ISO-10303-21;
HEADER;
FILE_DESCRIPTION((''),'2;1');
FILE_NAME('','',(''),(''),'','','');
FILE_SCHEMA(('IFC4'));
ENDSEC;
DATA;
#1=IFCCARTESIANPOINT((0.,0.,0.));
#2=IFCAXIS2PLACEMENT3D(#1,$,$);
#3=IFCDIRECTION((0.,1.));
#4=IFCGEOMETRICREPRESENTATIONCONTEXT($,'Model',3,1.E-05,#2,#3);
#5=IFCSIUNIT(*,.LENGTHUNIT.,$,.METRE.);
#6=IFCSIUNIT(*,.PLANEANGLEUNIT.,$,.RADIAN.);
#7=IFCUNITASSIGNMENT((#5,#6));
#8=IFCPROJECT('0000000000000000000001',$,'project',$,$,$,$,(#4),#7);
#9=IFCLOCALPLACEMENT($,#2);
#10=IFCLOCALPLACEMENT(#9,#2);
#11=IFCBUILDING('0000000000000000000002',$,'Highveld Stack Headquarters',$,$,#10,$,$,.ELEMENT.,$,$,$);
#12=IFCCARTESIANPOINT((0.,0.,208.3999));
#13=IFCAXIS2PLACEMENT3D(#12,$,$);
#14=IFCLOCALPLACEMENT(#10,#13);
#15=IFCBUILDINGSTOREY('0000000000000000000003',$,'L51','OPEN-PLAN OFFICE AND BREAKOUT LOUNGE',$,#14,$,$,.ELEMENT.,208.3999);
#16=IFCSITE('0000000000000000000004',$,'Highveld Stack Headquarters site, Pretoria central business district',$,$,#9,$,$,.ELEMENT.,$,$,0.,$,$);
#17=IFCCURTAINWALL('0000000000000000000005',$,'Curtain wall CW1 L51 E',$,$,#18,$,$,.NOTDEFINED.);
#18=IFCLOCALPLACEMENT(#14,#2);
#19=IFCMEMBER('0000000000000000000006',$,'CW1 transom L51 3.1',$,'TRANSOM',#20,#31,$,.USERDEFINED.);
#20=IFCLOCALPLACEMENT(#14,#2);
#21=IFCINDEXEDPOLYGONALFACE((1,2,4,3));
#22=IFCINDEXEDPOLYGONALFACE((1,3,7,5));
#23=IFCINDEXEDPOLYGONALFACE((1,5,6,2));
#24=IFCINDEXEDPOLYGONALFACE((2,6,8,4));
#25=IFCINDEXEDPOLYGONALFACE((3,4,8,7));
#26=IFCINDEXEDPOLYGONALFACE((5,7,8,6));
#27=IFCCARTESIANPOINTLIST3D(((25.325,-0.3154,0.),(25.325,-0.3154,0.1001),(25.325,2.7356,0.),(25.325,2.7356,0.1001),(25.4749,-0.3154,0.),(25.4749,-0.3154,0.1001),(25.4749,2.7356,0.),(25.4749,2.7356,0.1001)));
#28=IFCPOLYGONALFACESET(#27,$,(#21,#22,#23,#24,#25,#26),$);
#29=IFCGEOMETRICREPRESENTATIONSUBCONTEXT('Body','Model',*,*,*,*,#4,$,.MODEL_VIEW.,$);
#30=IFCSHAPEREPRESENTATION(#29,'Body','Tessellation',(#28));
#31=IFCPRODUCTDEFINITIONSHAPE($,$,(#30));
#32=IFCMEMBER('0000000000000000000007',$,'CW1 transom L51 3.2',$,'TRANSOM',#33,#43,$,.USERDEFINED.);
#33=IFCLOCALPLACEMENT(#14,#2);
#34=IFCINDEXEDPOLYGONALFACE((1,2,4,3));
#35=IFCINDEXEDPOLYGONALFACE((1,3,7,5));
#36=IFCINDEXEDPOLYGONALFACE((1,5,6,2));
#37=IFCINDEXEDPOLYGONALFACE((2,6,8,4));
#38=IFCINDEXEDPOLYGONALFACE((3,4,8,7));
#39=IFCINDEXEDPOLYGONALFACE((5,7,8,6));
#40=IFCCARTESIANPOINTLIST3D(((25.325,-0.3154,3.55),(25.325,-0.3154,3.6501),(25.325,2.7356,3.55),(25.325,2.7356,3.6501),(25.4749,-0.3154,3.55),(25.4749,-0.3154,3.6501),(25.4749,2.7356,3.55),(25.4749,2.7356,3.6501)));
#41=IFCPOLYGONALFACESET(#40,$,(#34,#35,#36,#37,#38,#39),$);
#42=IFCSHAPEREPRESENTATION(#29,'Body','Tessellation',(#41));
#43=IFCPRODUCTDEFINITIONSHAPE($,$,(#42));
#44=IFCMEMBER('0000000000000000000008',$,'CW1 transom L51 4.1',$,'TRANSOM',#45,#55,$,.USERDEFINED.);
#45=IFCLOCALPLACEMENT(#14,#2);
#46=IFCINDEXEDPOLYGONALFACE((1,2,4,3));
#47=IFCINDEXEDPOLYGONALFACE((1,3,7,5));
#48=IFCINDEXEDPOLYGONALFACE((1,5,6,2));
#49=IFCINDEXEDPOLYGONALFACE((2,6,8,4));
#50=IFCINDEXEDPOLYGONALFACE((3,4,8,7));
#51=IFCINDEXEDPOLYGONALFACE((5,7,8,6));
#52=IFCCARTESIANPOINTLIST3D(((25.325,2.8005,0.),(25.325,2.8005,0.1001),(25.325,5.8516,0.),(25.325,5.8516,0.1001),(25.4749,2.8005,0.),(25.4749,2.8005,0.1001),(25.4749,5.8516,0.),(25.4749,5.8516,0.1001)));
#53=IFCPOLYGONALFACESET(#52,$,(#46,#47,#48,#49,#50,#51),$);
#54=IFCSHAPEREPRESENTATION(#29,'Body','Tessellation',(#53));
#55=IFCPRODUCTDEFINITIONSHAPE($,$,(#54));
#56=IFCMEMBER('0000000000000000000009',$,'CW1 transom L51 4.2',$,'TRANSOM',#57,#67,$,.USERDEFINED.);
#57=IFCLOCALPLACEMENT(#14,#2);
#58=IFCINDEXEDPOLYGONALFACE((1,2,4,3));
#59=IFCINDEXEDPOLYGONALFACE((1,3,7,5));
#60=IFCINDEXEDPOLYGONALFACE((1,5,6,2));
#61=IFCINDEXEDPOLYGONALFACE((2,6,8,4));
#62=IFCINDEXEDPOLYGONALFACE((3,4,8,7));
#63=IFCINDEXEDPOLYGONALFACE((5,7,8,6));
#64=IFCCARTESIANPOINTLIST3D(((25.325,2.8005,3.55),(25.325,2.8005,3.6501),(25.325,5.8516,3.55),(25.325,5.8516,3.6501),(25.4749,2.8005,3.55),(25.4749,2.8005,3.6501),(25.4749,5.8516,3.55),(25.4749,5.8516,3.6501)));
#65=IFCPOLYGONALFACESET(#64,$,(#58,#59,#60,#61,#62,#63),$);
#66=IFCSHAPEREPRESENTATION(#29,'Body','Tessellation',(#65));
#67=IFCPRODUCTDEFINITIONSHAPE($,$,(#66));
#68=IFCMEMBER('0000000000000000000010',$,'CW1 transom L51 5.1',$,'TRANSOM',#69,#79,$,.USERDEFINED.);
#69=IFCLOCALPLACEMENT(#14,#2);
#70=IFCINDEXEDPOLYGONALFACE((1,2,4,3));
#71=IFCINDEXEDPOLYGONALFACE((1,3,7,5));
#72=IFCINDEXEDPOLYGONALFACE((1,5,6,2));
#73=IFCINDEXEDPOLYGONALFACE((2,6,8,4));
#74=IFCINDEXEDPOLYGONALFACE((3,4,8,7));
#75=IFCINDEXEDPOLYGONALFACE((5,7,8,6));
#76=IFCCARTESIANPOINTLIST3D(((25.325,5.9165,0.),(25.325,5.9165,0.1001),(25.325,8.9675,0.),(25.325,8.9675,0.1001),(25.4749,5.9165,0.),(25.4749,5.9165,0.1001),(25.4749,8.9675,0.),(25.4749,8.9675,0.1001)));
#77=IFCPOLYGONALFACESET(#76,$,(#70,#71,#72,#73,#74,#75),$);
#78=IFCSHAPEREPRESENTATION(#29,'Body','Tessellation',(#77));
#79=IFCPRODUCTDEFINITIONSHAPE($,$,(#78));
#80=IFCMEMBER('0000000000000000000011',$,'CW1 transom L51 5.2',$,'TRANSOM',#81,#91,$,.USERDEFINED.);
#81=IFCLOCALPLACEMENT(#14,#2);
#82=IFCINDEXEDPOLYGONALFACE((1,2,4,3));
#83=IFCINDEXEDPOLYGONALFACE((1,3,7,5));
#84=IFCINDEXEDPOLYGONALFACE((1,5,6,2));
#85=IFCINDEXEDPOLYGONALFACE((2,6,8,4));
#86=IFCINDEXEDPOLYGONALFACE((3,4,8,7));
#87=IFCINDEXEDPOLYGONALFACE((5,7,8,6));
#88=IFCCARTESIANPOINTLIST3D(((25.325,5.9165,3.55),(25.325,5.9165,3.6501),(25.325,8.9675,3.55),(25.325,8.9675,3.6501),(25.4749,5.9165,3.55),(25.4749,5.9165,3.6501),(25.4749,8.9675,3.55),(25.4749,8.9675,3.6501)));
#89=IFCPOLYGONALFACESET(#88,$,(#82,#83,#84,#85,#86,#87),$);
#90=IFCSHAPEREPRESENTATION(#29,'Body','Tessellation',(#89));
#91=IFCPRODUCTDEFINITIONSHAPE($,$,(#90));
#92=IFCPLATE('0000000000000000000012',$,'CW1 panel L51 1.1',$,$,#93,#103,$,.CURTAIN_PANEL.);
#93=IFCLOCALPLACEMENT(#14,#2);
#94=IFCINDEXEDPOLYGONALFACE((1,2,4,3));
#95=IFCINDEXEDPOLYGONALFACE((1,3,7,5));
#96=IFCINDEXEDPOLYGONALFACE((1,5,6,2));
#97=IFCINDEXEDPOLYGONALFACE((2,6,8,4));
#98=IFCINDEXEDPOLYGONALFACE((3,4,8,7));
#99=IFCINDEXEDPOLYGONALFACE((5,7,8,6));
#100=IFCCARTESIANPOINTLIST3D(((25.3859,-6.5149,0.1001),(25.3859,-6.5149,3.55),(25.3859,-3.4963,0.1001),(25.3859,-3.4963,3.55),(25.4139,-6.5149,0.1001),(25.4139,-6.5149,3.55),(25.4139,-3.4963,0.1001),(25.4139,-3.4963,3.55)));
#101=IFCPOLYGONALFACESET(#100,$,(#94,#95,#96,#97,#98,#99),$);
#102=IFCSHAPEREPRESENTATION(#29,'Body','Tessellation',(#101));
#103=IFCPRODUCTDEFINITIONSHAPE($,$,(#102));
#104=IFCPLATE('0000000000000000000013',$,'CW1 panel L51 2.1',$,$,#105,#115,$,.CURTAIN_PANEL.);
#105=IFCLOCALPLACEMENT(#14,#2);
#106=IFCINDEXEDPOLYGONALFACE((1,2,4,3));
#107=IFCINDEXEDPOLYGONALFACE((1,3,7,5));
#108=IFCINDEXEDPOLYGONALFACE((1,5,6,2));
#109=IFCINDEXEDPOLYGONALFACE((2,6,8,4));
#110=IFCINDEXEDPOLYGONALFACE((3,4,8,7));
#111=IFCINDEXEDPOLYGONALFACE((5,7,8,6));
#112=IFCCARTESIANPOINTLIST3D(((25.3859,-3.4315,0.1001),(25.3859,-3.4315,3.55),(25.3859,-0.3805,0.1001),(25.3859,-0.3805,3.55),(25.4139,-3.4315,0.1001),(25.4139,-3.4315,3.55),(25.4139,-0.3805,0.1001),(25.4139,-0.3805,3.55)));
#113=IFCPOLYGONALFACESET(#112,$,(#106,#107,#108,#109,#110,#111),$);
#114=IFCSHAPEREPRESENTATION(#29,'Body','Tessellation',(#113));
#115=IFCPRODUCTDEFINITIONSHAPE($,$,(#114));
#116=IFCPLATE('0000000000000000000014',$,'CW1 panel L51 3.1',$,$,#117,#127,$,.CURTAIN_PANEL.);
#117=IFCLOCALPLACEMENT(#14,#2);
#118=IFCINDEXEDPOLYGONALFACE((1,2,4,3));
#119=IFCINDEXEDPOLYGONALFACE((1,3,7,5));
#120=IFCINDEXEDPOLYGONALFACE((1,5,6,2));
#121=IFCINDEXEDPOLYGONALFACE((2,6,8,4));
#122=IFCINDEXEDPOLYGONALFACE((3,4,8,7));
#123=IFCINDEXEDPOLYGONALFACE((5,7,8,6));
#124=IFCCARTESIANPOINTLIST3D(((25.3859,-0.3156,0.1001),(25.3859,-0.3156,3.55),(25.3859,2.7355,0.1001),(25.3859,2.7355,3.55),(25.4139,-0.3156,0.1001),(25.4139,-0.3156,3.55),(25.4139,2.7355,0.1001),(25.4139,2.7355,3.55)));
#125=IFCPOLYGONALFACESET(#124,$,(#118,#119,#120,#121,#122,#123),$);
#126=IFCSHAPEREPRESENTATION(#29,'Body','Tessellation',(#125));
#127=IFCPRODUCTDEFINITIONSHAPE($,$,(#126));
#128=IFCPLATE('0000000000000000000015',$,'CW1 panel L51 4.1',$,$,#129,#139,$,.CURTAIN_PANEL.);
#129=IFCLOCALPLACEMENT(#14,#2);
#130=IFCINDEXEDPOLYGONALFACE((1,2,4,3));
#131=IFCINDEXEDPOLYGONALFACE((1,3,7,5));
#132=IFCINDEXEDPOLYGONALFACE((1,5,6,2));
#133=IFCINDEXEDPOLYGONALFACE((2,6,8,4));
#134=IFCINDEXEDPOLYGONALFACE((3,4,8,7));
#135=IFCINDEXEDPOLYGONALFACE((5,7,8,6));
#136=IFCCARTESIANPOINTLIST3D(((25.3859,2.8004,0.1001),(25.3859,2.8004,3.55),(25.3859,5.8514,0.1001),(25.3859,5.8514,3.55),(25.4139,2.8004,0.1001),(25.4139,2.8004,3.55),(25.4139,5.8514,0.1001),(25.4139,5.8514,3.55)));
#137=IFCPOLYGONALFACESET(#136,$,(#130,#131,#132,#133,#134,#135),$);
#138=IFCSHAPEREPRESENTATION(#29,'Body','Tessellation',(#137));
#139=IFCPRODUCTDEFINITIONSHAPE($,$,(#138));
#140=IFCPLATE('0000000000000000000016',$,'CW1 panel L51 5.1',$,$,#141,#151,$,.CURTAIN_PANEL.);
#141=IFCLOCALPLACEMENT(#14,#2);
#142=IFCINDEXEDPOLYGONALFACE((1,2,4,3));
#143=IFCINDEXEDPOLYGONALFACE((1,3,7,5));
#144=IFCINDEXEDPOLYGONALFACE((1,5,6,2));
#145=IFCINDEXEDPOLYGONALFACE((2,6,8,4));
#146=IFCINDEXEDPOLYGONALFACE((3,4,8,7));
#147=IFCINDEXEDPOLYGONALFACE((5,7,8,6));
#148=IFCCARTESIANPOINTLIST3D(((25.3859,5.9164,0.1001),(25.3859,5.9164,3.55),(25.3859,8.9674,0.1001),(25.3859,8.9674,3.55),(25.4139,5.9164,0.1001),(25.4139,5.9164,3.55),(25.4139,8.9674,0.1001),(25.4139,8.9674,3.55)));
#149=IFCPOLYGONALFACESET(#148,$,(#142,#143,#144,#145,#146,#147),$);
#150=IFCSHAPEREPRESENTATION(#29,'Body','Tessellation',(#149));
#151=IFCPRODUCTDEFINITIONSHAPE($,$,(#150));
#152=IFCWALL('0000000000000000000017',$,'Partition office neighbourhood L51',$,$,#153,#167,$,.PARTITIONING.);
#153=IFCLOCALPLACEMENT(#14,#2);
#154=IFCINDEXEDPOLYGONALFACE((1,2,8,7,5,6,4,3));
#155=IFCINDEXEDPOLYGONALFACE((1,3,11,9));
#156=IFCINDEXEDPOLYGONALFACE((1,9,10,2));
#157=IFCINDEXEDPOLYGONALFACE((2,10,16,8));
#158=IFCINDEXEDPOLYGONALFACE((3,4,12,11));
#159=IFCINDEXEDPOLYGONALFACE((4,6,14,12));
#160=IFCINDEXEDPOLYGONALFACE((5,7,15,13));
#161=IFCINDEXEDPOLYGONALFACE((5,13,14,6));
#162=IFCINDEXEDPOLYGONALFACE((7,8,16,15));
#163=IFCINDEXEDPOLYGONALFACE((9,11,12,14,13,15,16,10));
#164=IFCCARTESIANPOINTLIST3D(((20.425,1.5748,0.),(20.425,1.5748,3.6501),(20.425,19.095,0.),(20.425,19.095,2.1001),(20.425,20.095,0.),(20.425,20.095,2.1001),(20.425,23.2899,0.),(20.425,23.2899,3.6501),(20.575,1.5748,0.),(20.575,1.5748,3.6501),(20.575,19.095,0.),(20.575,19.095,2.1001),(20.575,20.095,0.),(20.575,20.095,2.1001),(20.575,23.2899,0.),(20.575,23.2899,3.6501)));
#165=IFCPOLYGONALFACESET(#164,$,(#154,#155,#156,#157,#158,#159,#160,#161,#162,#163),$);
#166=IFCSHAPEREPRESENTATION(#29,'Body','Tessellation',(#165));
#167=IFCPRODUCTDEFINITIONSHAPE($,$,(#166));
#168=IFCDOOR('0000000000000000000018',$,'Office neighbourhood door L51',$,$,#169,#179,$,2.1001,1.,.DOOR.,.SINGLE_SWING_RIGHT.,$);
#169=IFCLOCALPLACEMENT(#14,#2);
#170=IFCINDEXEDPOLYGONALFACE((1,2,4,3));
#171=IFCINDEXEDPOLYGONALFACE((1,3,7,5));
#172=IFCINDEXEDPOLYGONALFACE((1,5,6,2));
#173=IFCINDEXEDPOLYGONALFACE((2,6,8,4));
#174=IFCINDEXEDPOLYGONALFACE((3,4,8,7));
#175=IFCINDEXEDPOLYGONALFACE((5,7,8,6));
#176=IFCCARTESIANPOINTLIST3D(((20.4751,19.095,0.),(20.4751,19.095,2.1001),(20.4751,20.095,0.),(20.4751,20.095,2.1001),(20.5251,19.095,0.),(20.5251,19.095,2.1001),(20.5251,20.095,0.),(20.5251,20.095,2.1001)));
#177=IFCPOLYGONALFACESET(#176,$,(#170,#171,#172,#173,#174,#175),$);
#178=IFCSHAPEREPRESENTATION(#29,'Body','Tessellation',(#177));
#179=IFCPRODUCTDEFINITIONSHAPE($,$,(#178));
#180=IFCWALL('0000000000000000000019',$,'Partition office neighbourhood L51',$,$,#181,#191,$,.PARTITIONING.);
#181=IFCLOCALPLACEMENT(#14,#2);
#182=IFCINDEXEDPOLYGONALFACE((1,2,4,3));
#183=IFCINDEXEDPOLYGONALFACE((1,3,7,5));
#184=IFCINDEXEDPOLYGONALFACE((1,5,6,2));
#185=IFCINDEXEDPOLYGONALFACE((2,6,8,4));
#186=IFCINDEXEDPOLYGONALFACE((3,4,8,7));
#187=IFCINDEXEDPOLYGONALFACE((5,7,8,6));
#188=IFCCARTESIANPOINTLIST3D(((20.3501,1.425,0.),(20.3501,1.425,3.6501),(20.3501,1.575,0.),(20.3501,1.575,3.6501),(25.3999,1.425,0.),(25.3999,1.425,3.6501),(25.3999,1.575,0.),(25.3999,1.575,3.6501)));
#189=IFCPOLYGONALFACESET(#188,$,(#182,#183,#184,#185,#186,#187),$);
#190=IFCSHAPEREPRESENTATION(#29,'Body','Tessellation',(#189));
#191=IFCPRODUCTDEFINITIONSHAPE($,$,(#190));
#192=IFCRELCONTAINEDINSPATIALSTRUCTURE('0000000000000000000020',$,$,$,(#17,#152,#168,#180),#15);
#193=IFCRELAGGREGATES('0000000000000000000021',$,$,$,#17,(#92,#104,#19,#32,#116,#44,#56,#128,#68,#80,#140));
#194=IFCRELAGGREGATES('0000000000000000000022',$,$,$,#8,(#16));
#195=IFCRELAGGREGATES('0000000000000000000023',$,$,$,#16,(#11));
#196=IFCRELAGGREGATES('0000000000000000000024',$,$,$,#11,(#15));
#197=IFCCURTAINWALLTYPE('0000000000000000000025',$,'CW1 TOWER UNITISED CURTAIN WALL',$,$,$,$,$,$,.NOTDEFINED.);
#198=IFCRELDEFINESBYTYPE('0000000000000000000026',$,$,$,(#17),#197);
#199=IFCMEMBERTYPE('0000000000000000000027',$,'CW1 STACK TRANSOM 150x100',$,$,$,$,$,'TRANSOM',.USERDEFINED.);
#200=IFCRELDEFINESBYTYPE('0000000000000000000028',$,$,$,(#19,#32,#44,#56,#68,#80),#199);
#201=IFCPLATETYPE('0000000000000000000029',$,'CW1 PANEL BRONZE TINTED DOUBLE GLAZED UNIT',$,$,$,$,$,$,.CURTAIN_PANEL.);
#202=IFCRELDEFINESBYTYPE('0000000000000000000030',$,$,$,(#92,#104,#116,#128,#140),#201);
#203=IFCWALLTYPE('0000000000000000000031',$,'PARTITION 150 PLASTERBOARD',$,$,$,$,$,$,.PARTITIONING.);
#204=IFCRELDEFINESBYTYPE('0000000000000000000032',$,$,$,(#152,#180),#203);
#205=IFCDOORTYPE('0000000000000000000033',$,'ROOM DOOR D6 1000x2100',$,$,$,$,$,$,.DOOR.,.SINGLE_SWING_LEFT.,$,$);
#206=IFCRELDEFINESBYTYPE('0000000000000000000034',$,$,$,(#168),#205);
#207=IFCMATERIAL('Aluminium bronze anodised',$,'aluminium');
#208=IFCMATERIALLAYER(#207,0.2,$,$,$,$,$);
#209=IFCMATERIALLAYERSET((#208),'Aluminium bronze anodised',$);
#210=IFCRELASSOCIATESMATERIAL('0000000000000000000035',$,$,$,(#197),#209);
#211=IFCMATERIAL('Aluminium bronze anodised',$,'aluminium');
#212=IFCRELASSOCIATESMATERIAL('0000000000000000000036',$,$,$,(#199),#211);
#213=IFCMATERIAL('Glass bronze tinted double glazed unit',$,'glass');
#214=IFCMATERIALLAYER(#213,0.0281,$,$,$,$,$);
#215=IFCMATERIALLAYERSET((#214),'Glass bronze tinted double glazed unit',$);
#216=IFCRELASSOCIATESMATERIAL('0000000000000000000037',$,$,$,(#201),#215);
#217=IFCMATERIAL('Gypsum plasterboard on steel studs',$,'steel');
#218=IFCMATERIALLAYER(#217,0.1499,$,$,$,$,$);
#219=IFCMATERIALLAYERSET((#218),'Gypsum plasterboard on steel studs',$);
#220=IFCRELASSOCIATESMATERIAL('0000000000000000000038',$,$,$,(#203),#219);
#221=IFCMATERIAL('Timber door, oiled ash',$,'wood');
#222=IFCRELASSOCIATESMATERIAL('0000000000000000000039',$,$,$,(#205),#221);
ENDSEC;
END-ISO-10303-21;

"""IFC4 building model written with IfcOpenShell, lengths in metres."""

from ifc_helpers import new_model, si_unit, direction, frame, frame_2d, origin, origin_2d, place, context, subcontext, project, spatial, rectangle, extrude, material, layer, layer_set, material_profile, profile_set, type_object, element, fill, aggregate, save


model = new_model("IFC4")

# Units and contexts
model_context = context("Model", 3, precision=1e-05, world=origin(), true_north=direction((0.0, 1.0)))
body_context = subcontext(model_context, "Body", "Model", "MODEL_VIEW")
ifc_project = project(units=[si_unit("LENGTHUNIT", "METRE"), si_unit("PLANEANGLEUNIT", "RADIAN")], contexts=[model_context])

# Site, building, storey
site_placement = place(None, origin())
site = spatial("IfcSite", under=ifc_project, at=site_placement, Name="Highveld Stack Headquarters site, Pretoria central business district", CompositionType="ELEMENT", RefElevation=0.0)
building_placement = place(site_placement, origin())
building = spatial("IfcBuilding", under=site, at=building_placement, Name="Highveld Stack Headquarters", CompositionType="ELEMENT")
storey_placement = place(building_placement, frame((0.0, 0.0, 208.3999)))
storey = spatial("IfcBuildingStorey", under=building, at=storey_placement, Name="L51", Description="OPEN-PLAN OFFICE AND BREAKOUT LOUNGE", CompositionType="ELEMENT", Elevation=208.3999)

# Curtain wall, members, plates
ifc_material_1 = material(Name="Aluminium bronze anodised", Category="aluminium")
ifc_layer_1 = layer(ifc_material_1, 0.2)
ifc_layer_set_1 = layer_set([ifc_layer_1], Name="Aluminium bronze anodised")
curtain_wall_type = type_object("IfcCurtainWallType", Name="CW1 TOWER UNITISED CURTAIN WALL", PredefinedType="NOTDEFINED", material=ifc_layer_set_1)
curtain_wall_placement = place(storey_placement, origin())
curtain_wall = element("IfcCurtainWall", 1, at=curtain_wall_placement, inside=storey, type_object=curtain_wall_type, Name="Curtain wall CW1 L51 E", PredefinedType="NOTDEFINED")
ifc_material_2 = material(Name="Aluminium bronze anodised", Category="aluminium")
ifc_material_profile_1 = material_profile(ifc_material_2, rectangle(XDim=0.1499, YDim=0.1001, at=origin_2d()), Name="CW1 TRANSOM 150x100")
ifc_profile_set_1 = profile_set([ifc_material_profile_1], Name="Aluminium bronze anodised")
member_type_1 = type_object("IfcMemberType", Name="CW1 STACK TRANSOM 150x100", ElementType="TRANSOM", PredefinedType="USERDEFINED", material=ifc_profile_set_1)
member_1_placement = place(storey_placement, frame((25.3999, -0.3154, 0.05), z_axis=(0.0, 1.0, 0.0), x_axis=(-1.0, 0.0, 0.0)))
member_1 = element("IfcMember", 2, at=member_1_placement, type_object=member_type_1, Name="CW1 transom L51 3.1", ObjectType="TRANSOM", PredefinedType="USERDEFINED", context=body_context, shape_type="SweptSolid", body=[
    extrude(rectangle(XDim=0.1499, YDim=0.1001, at=origin_2d()), origin(), (0.0, 0.0, 1.0), 3.051),
])
member_2_placement = place(storey_placement, frame((25.3999, -0.3154, 3.6001), z_axis=(0.0, 1.0, 0.0), x_axis=(-1.0, 0.0, 0.0)))
member_2 = element("IfcMember", 3, at=member_2_placement, type_object=member_type_1, Name="CW1 transom L51 3.2", ObjectType="TRANSOM", PredefinedType="USERDEFINED", context=body_context, shape_type="SweptSolid", body=[
    extrude(rectangle(XDim=0.1499, YDim=0.1001, at=origin_2d()), origin(), (0.0, 0.0, 1.0), 3.051),
])
member_3_placement = place(storey_placement, frame((25.3999, 2.8005, 0.05), z_axis=(0.0, 1.0, 0.0), x_axis=(-1.0, 0.0, 0.0)))
member_3 = element("IfcMember", 4, at=member_3_placement, type_object=member_type_1, Name="CW1 transom L51 4.1", ObjectType="TRANSOM", PredefinedType="USERDEFINED", context=body_context, shape_type="SweptSolid", body=[
    extrude(rectangle(XDim=0.1499, YDim=0.1001, at=origin_2d()), origin(), (0.0, 0.0, 1.0), 3.051),
])
member_4_placement = place(storey_placement, frame((25.3999, 2.8005, 3.6001), z_axis=(0.0, 1.0, 0.0), x_axis=(-1.0, 0.0, 0.0)))
member_4 = element("IfcMember", 5, at=member_4_placement, type_object=member_type_1, Name="CW1 transom L51 4.2", ObjectType="TRANSOM", PredefinedType="USERDEFINED", context=body_context, shape_type="SweptSolid", body=[
    extrude(rectangle(XDim=0.1499, YDim=0.1001, at=origin_2d()), origin(), (0.0, 0.0, 1.0), 3.051),
])
member_5_placement = place(storey_placement, frame((25.3999, 5.9165, 0.05), z_axis=(0.0, 1.0, 0.0), x_axis=(-1.0, 0.0, 0.0)))
member_5 = element("IfcMember", 6, at=member_5_placement, type_object=member_type_1, Name="CW1 transom L51 5.1", ObjectType="TRANSOM", PredefinedType="USERDEFINED", context=body_context, shape_type="SweptSolid", body=[
    extrude(rectangle(XDim=0.1499, YDim=0.1001, at=origin_2d()), origin(), (0.0, 0.0, 1.0), 3.051),
])
member_6_placement = place(storey_placement, frame((25.3999, 5.9165, 3.6001), z_axis=(0.0, 1.0, 0.0), x_axis=(-1.0, 0.0, 0.0)))
member_6 = element("IfcMember", 7, at=member_6_placement, type_object=member_type_1, Name="CW1 transom L51 5.2", ObjectType="TRANSOM", PredefinedType="USERDEFINED", context=body_context, shape_type="SweptSolid", body=[
    extrude(rectangle(XDim=0.1499, YDim=0.1001, at=origin_2d()), origin(), (0.0, 0.0, 1.0), 3.051),
])
ifc_material_3 = material(Name="Glass bronze tinted double glazed unit", Category="glass")
ifc_layer_2 = layer(ifc_material_3, 0.0281)
ifc_layer_set_2 = layer_set([ifc_layer_2], Name="Glass bronze tinted double glazed unit")
plate_type = type_object("IfcPlateType", Name="CW1 PANEL BRONZE TINTED DOUBLE GLAZED UNIT", PredefinedType="CURTAIN_PANEL", material=ifc_layer_set_2)
plate_1_placement = place(storey_placement, frame((25.3999, -5.0056, 0.1001), z_axis=(0.0, 0.0, 1.0), x_axis=(0.0, 1.0, 0.0)))
plate_1 = element("IfcPlate", 8, at=plate_1_placement, type_object=plate_type, Name="CW1 panel L51 1.1", PredefinedType="CURTAIN_PANEL", context=body_context, shape_type="SweptSolid", body=[
    extrude(rectangle(XDim=3.0186, YDim=0.0281, at=origin_2d()), origin(), (0.0, 0.0, 1.0), 3.45),
])
plate_2_placement = place(storey_placement, frame((25.3999, -1.906, 0.1001), z_axis=(0.0, 0.0, 1.0), x_axis=(0.0, 1.0, 0.0)))
plate_2 = element("IfcPlate", 9, at=plate_2_placement, type_object=plate_type, Name="CW1 panel L51 2.1", PredefinedType="CURTAIN_PANEL", context=body_context, shape_type="SweptSolid", body=[
    extrude(rectangle(XDim=3.051, YDim=0.0281, at=origin_2d()), origin(), (0.0, 0.0, 1.0), 3.45),
])
plate_3_placement = place(storey_placement, frame((25.3999, 1.21, 0.1001), z_axis=(0.0, 0.0, 1.0), x_axis=(0.0, 1.0, 0.0)))
plate_3 = element("IfcPlate", 10, at=plate_3_placement, type_object=plate_type, Name="CW1 panel L51 3.1", PredefinedType="CURTAIN_PANEL", context=body_context, shape_type="SweptSolid", body=[
    extrude(rectangle(XDim=3.051, YDim=0.0281, at=origin_2d()), origin(), (0.0, 0.0, 1.0), 3.45),
])
plate_4_placement = place(storey_placement, frame((25.3999, 4.3259, 0.1001), z_axis=(0.0, 0.0, 1.0), x_axis=(0.0, 1.0, 0.0)))
plate_4 = element("IfcPlate", 11, at=plate_4_placement, type_object=plate_type, Name="CW1 panel L51 4.1", PredefinedType="CURTAIN_PANEL", context=body_context, shape_type="SweptSolid", body=[
    extrude(rectangle(XDim=3.051, YDim=0.0281, at=origin_2d()), origin(), (0.0, 0.0, 1.0), 3.45),
])
plate_5_placement = place(storey_placement, frame((25.3999, 7.4419, 0.1001), z_axis=(0.0, 0.0, 1.0), x_axis=(0.0, 1.0, 0.0)))
plate_5 = element("IfcPlate", 12, at=plate_5_placement, type_object=plate_type, Name="CW1 panel L51 5.1", PredefinedType="CURTAIN_PANEL", context=body_context, shape_type="SweptSolid", body=[
    extrude(rectangle(XDim=3.051, YDim=0.0281, at=origin_2d()), origin(), (0.0, 0.0, 1.0), 3.45),
])
aggregate(curtain_wall, [plate_1, plate_2, member_1, member_2, plate_3, member_3, member_4, plate_4, member_5, member_6, plate_5])

# Wall, opening, door
ifc_material_4 = material(Name="Gypsum plasterboard on steel studs", Category="steel")
ifc_layer_3 = layer(ifc_material_4, 0.1499)
ifc_layer_set_3 = layer_set([ifc_layer_3], Name="Gypsum plasterboard on steel studs")
wall_type = type_object("IfcWallType", Name="PARTITION 150 PLASTERBOARD", PredefinedType="PARTITIONING", material=ifc_layer_set_3)
wall_1_placement = place(storey_placement, frame((20.5, 1.575, 0.0), z_axis=(0.0, 0.0, 1.0), x_axis=(0.0, 1.0, 0.0)))
wall_1 = element("IfcWall", 13, at=wall_1_placement, inside=storey, type_object=wall_type, Name="Partition office neighbourhood L51", PredefinedType="PARTITIONING", context=body_context, shape_type="SweptSolid", body=[
    extrude(rectangle(XDim=21.7151, YDim=0.1499, at=frame_2d((10.8574, 0.0))), origin(), (0.0, 0.0, 1.0), 3.6501),
])
opening_placement = place(wall_1_placement, frame((17.52, 0.0, 0.0)))
opening = element("IfcOpeningElement", 14, at=opening_placement, cuts=wall_1, PredefinedType="OPENING", context=body_context, shape_type="SweptSolid", body=[
    extrude(rectangle(XDim=1.0, YDim=2.1001, at=frame_2d((0.5, 1.05))), frame((0.0, 0.085, 0.0), z_axis=(0.0, -1.0, 0.0), x_axis=(1.0, 0.0, 0.0)), (0.0, 0.0, 1.0), 0.1699),
])
ifc_material_5 = material(Name="Timber door, oiled ash", Category="wood")
door_type = type_object("IfcDoorType", Name="ROOM DOOR D6 1000x2100", OperationType="SINGLE_SWING_LEFT", PredefinedType="DOOR", material=ifc_material_5)
door_placement = place(opening_placement, origin())
door = element("IfcDoor", 15, at=door_placement, inside=storey, type_object=door_type, Name="Office neighbourhood door L51", OperationType="SINGLE_SWING_RIGHT", OverallHeight=2.1001, OverallWidth=1.0, PredefinedType="DOOR", context=body_context, shape_type="SweptSolid", body=[
    extrude(rectangle(XDim=1.0, YDim=2.1001, at=frame_2d((0.5, 1.05))), frame((0.0, 0.0249, 0.0), z_axis=(0.0, -1.0, 0.0), x_axis=(1.0, 0.0, 0.0)), (0.0, 0.0, 1.0), 0.05),
])
fill(opening, door)

# Wall
wall_2_placement = place(storey_placement, frame((20.3501, 1.5, 0.0), z_axis=(0.0, 0.0, 1.0), x_axis=(1.0, 0.0, 0.0)))
element("IfcWall", 16, at=wall_2_placement, inside=storey, type_object=wall_type, Name="Partition office neighbourhood L51", PredefinedType="PARTITIONING", context=body_context, shape_type="SweptSolid", body=[
    extrude(rectangle(XDim=5.0498, YDim=0.1499, at=frame_2d((2.5249, 0.0))), origin(), (0.0, 0.0, 1.0), 3.6501),
])

save(model, "model.ifc")
